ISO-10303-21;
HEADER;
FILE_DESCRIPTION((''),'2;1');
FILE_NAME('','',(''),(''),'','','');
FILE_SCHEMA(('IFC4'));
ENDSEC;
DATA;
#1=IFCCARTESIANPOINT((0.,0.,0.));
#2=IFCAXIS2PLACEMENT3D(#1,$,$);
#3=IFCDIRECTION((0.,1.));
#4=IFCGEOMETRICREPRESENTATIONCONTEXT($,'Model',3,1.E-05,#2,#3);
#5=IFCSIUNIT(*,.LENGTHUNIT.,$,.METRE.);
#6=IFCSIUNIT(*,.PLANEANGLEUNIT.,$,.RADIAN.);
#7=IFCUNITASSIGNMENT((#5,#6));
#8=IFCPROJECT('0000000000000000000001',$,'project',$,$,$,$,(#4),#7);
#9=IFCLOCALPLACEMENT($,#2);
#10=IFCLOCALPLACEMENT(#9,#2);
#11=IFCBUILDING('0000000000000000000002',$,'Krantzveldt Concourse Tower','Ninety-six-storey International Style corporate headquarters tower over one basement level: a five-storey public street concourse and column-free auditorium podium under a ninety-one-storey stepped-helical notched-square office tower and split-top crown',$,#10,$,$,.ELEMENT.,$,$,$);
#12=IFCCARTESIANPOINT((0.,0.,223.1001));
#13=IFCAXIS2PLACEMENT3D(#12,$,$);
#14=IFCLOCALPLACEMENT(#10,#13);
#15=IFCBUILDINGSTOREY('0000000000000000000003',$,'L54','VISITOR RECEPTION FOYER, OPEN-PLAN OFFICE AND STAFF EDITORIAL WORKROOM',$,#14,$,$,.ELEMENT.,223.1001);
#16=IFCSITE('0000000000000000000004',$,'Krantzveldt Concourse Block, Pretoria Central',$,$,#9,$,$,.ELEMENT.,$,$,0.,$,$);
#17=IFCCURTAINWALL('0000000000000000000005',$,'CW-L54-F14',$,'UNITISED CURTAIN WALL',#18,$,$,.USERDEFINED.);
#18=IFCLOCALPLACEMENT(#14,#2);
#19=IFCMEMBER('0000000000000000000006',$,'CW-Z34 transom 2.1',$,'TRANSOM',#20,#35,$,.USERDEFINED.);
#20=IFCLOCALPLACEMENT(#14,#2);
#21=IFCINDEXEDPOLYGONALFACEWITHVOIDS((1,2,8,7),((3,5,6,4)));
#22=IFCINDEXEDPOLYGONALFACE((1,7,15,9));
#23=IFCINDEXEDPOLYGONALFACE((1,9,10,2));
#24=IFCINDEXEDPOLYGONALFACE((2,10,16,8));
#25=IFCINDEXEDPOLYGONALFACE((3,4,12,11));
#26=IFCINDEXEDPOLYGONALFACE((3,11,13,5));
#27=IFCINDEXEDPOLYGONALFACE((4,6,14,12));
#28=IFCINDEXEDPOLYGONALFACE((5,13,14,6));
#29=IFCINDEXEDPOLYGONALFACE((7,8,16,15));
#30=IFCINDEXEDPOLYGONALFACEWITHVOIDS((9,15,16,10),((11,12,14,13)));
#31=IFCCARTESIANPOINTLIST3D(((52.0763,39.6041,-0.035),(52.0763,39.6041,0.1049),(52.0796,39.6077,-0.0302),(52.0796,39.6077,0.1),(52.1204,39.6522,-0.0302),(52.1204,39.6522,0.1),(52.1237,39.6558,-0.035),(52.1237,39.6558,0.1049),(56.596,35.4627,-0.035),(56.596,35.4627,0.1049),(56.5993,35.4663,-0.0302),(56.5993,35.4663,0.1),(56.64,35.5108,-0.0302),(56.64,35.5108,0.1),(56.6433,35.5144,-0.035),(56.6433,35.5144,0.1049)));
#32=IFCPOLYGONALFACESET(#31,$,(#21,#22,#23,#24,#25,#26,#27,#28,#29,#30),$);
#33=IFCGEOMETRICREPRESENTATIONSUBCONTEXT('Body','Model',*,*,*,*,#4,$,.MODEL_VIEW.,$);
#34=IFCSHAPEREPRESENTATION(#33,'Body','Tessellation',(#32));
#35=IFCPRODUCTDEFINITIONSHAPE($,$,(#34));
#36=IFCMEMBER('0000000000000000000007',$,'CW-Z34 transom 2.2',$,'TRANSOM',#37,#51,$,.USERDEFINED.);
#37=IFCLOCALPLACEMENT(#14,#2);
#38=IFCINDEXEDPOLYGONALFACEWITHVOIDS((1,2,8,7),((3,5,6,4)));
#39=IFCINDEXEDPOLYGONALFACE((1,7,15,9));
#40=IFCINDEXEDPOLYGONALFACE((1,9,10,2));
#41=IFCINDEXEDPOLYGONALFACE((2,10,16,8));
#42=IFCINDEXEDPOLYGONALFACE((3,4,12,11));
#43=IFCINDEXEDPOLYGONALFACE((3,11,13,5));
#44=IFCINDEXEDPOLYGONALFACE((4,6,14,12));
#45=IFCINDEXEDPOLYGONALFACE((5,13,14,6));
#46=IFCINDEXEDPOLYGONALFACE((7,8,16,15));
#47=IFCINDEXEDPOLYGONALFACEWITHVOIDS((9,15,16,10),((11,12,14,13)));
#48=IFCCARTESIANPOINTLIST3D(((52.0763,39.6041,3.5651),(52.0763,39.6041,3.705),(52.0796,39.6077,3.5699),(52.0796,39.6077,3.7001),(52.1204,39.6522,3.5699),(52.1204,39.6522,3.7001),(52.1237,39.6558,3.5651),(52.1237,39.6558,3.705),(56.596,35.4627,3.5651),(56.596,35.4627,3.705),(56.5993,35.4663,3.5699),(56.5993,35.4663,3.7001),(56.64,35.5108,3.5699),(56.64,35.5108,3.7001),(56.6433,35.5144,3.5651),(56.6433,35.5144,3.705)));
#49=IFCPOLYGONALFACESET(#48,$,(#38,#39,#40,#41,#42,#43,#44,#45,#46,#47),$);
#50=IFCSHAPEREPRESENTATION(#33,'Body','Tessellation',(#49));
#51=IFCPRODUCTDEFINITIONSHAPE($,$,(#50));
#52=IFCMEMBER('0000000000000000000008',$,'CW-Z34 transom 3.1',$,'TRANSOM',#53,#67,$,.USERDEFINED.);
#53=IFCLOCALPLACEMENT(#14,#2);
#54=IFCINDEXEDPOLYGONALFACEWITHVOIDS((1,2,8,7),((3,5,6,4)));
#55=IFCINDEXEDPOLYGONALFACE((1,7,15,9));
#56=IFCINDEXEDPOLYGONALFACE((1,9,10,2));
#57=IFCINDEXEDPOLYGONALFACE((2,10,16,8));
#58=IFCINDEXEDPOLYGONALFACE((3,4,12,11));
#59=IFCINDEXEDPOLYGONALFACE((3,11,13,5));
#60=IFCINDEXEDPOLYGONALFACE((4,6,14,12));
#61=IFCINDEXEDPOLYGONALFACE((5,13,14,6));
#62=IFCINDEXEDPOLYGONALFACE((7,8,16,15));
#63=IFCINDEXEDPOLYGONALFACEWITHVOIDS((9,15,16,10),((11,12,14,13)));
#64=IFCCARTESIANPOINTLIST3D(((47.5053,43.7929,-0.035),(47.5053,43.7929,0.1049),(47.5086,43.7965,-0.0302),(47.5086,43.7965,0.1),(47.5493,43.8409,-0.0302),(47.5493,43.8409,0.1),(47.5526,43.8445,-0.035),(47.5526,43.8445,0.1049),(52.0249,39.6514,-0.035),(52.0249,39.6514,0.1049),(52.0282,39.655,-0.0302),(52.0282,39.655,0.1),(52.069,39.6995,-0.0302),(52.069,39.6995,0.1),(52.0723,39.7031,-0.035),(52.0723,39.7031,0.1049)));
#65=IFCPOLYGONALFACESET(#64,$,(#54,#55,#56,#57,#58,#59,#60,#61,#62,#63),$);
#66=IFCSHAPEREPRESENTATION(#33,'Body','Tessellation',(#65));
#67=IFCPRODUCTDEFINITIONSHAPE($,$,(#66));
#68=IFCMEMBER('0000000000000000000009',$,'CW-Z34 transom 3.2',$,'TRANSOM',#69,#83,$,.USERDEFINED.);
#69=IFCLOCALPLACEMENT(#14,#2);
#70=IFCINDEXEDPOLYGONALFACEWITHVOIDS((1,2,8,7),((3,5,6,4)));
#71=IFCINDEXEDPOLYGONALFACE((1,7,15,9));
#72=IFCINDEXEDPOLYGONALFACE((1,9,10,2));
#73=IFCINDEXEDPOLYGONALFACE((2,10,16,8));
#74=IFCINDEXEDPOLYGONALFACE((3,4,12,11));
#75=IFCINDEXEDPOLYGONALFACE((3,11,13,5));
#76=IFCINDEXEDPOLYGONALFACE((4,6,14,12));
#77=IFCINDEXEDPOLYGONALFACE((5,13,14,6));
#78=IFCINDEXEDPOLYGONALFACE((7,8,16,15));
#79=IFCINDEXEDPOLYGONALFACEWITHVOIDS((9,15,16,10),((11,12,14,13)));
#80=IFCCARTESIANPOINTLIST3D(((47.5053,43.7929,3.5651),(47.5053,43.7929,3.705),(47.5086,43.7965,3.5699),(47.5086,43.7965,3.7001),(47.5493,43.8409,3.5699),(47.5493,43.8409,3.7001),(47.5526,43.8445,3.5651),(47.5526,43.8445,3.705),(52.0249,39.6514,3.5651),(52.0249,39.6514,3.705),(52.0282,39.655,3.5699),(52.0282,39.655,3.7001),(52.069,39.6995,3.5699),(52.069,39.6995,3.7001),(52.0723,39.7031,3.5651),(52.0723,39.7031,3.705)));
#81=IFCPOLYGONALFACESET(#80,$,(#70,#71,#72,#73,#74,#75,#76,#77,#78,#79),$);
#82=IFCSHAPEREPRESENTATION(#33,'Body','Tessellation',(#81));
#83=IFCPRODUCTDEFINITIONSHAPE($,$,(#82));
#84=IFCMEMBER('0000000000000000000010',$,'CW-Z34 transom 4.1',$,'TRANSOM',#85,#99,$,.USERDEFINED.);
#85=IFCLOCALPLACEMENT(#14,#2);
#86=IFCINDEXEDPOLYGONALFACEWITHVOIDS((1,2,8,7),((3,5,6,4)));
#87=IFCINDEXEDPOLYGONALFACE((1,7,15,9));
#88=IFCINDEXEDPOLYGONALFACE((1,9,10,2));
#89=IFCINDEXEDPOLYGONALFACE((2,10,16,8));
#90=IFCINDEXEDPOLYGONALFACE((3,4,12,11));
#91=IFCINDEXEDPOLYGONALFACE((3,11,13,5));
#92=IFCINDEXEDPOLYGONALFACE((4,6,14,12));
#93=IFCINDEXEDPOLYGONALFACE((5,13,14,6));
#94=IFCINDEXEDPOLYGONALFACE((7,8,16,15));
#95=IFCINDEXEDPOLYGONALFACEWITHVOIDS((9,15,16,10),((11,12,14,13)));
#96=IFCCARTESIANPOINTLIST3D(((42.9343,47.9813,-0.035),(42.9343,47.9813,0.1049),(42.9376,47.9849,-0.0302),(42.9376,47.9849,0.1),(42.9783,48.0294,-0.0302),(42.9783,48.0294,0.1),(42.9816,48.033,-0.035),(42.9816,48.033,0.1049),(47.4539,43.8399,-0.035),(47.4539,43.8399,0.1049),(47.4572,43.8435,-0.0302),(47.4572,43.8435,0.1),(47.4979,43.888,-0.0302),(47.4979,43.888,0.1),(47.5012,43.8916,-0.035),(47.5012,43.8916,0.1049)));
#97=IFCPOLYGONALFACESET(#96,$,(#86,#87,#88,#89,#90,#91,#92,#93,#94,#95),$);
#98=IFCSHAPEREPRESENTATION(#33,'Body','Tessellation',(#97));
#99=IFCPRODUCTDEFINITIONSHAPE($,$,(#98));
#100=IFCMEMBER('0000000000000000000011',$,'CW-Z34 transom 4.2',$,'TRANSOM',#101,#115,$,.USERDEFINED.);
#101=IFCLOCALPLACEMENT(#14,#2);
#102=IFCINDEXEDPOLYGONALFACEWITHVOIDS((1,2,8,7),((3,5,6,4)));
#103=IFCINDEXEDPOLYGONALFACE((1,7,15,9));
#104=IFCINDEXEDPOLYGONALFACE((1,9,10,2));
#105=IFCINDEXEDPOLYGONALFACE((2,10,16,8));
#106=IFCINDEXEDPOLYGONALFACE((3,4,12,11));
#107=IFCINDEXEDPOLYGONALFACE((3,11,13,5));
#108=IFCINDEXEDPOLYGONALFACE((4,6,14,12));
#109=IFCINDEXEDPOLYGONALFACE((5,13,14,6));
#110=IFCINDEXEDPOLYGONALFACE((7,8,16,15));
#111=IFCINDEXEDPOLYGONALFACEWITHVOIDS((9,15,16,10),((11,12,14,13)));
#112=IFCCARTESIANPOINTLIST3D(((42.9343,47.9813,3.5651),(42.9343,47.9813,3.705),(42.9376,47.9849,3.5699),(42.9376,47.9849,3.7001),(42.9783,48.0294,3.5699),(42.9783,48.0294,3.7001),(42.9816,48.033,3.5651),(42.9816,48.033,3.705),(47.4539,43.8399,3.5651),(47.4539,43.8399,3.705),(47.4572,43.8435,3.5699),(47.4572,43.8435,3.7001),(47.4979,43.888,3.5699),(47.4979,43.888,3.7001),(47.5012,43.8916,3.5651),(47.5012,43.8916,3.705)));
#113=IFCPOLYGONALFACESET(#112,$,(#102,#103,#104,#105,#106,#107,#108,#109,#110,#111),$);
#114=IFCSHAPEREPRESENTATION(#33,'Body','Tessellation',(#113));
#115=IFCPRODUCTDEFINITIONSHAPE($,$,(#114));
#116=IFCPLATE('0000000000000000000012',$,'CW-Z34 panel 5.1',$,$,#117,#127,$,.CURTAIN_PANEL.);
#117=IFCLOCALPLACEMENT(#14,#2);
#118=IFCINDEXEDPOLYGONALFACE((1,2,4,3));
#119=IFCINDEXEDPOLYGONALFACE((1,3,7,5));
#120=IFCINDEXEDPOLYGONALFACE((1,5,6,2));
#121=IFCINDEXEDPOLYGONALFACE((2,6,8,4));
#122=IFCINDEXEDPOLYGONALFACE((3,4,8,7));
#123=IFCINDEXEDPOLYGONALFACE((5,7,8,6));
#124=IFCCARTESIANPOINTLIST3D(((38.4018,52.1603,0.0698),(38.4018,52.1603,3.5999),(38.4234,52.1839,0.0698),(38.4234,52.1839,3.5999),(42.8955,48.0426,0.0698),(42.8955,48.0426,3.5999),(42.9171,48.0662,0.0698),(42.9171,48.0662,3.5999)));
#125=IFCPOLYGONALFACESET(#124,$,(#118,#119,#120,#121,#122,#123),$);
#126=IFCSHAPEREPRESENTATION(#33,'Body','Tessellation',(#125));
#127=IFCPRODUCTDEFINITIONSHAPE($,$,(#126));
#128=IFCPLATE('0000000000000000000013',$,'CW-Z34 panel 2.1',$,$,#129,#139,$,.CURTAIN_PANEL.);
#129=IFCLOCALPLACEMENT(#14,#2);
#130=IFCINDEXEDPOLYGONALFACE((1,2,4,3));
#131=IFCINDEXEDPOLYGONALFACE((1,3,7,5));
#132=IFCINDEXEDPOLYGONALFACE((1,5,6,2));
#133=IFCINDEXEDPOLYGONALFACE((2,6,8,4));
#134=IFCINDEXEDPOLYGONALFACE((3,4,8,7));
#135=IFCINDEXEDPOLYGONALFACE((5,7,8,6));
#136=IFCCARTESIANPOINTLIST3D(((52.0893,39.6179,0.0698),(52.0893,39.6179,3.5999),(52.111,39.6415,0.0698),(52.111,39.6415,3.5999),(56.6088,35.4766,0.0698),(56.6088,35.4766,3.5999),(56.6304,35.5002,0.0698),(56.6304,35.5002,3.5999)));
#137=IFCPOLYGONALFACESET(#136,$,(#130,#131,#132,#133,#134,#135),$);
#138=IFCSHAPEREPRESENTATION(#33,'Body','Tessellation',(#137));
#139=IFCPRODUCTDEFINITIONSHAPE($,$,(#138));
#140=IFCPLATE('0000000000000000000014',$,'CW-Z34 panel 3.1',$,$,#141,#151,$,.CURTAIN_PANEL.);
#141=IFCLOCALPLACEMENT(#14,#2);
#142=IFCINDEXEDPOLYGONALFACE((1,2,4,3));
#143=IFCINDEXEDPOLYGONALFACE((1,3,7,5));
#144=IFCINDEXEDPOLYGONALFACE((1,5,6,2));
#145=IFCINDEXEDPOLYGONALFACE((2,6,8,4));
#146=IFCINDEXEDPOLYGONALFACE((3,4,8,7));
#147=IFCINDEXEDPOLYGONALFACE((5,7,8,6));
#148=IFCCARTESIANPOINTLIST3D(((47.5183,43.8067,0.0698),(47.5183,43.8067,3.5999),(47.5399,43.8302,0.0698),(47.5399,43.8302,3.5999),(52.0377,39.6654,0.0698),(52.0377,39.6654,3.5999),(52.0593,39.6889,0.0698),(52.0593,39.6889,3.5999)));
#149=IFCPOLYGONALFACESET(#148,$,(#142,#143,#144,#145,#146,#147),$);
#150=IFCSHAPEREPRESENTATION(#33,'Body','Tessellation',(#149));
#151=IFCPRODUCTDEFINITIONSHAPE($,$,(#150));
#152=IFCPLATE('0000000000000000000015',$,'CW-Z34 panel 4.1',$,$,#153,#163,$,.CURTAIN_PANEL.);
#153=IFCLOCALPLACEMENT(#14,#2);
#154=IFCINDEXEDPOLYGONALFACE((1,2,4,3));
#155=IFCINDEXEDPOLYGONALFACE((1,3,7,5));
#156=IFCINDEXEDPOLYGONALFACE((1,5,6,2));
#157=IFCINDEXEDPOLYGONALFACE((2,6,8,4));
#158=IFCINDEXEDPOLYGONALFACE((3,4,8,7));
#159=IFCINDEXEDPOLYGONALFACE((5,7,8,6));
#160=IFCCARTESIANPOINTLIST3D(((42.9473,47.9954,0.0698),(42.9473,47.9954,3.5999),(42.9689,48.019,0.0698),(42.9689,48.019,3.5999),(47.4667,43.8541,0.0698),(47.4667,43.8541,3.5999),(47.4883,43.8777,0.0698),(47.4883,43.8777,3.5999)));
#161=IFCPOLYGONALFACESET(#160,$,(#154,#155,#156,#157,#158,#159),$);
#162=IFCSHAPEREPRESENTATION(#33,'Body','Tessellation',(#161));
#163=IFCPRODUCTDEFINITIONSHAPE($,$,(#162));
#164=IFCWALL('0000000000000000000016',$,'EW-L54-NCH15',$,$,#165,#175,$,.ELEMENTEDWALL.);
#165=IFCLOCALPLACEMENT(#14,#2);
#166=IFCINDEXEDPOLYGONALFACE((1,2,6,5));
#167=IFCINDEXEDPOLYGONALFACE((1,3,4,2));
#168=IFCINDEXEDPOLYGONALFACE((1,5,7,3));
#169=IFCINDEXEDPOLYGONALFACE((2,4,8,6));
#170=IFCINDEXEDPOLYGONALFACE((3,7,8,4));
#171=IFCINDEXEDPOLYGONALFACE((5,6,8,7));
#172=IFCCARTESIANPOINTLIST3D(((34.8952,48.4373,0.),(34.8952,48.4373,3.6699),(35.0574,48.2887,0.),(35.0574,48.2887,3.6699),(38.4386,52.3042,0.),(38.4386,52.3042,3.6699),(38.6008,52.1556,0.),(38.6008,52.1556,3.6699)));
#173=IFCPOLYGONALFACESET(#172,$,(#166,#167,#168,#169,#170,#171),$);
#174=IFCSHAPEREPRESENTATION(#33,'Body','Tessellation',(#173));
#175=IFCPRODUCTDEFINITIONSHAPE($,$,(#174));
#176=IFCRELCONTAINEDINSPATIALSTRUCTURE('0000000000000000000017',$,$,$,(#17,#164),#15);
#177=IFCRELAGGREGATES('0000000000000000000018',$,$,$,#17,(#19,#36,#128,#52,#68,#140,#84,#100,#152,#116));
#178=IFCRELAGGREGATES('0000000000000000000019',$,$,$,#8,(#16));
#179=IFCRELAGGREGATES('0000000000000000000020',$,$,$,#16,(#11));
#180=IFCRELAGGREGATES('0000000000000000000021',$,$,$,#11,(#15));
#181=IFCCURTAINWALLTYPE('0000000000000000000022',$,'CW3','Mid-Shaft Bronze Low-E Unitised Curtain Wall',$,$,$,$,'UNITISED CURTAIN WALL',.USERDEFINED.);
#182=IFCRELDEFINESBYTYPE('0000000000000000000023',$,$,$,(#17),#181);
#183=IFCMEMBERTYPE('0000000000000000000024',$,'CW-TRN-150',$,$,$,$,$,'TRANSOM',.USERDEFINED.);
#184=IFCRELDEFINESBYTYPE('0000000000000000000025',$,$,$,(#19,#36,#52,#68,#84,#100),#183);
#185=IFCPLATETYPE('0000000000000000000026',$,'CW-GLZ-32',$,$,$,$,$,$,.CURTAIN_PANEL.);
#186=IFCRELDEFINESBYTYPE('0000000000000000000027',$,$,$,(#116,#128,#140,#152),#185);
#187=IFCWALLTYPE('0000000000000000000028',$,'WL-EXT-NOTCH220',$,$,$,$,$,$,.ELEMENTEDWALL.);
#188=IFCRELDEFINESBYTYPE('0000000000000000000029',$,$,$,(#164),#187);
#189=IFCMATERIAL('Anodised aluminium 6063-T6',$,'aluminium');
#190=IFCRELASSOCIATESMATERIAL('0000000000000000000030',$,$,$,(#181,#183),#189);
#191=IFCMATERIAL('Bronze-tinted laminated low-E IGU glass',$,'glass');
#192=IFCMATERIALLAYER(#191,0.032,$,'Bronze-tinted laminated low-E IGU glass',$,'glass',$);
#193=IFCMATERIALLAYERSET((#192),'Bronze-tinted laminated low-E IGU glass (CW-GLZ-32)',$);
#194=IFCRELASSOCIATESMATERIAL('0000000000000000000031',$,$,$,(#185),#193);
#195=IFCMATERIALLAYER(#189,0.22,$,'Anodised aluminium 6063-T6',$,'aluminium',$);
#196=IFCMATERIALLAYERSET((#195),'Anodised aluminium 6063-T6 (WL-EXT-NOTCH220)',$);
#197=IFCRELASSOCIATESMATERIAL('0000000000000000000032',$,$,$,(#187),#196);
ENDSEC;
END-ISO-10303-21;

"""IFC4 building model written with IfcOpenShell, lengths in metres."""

from ifc_helpers import new_model, si_unit, direction, frame, frame_2d, origin, origin_2d, place, context, subcontext, project, spatial, rectangle, hollow_rectangle, extrude, source, transform, mapped, material, layer, layer_set, material_profile, profile_set, type_object, type_shapes, element, aggregate, save


model = new_model("IFC4")

# Units and contexts
model_context = context("Model", 3, precision=1e-05, world=origin(), true_north=direction((0.0, 1.0)))
body_context = subcontext(model_context, "Body", "Model", "MODEL_VIEW")
ifc_project = project(units=[si_unit("LENGTHUNIT", "METRE"), si_unit("PLANEANGLEUNIT", "RADIAN")], contexts=[model_context])

# Site, building, storey
site_placement = place(None, origin())
site = spatial("IfcSite", under=ifc_project, at=site_placement, Name="Krantzveldt Concourse Block, Pretoria Central", CompositionType="ELEMENT", RefElevation=0.0)
building_placement = place(site_placement, origin())
building = spatial("IfcBuilding", under=site, at=building_placement, Name="Krantzveldt Concourse Tower", Description="Ninety-six-storey International Style corporate headquarters tower over one basement level: a five-storey public street concourse and column-free auditorium podium under a ninety-one-storey stepped-helical notched-square office tower and split-top crown", CompositionType="ELEMENT")
storey_placement = place(building_placement, frame((0.0, 0.0, 223.1001)))
storey = spatial("IfcBuildingStorey", under=building, at=storey_placement, Name="L54", Description="VISITOR RECEPTION FOYER, OPEN-PLAN OFFICE AND STAFF EDITORIAL WORKROOM", CompositionType="ELEMENT", Elevation=223.1001)

# Curtain wall, members, plates
ifc_material_1 = material(Name="Anodised aluminium 6063-T6", Category="aluminium")
curtain_wall_type = type_object("IfcCurtainWallType", Name="CW3", Description="Mid-Shaft Bronze Low-E Unitised Curtain Wall", ElementType="UNITISED CURTAIN WALL", PredefinedType="USERDEFINED", material=ifc_material_1)
curtain_wall_placement = place(storey_placement, origin())
curtain_wall = element("IfcCurtainWall", 1, at=curtain_wall_placement, inside=storey, type_object=curtain_wall_type, Name="CW-L54-F14", ObjectType="UNITISED CURTAIN WALL", PredefinedType="USERDEFINED")
ifc_material_profile_1 = material_profile(ifc_material_1, hollow_rectangle(XDim=0.0701, YDim=0.1399, WallThickness=0.0049, at=origin_2d()), Name="Anodised aluminium 6063-T6", Category="aluminium")
ifc_profile_set_1 = profile_set([ifc_material_profile_1], Name="Anodised aluminium 6063-T6 - ALU-TRAN 140x70x5")
member_type_1 = type_object("IfcMemberType", Name="CW-TRN-150", ElementType="TRANSOM", PredefinedType="USERDEFINED", material=ifc_profile_set_1)
shared_shape_1 = source(origin(), body_context, "Body", "SweptSolid", [
    extrude(hollow_rectangle(XDim=0.0701, YDim=0.1399, WallThickness=0.0049, at=origin_2d()), origin(), (0.0, 0.0, 1.0), 6.1301),
])
member_1_placement = place(storey_placement, frame((56.6196, 35.4885, 0.0349), z_axis=(-0.73728, 0.675588, 0.0), x_axis=(-0.675588, -0.73728, 0.0)))
member_1 = element("IfcMember", 2, at=member_1_placement, type_object=member_type_1, Name="CW-Z34 transom 2.1", ObjectType="TRANSOM", PredefinedType="USERDEFINED", context=body_context, shape_type="MappedRepresentation", body=[
    mapped(shared_shape_1, transform((0.0, 0.0, 0.0), x_axis=(1.0, 0.0, 0.0), y_axis=(0.0, 1.0, 0.0), z_axis=(0.0, 0.0, 1.0), scale=1.0)),
])
member_2_placement = place(storey_placement, frame((56.6196, 35.4885, 3.635), z_axis=(-0.73728, 0.675588, 0.0), x_axis=(-0.675588, -0.73728, 0.0)))
member_2 = element("IfcMember", 3, at=member_2_placement, type_object=member_type_1, Name="CW-Z34 transom 2.2", ObjectType="TRANSOM", PredefinedType="USERDEFINED", context=body_context, shape_type="MappedRepresentation", body=[
    mapped(shared_shape_1, transform((0.0, 0.0, 0.0), x_axis=(1.0, 0.0, 0.0), y_axis=(0.0, 1.0, 0.0), z_axis=(0.0, 0.0, 1.0), scale=1.0)),
])
member_3_placement = place(storey_placement, frame((52.0486, 39.6772, 0.0349), z_axis=(-0.73728, 0.675588, 0.0), x_axis=(-0.675588, -0.73728, 0.0)))
member_3 = element("IfcMember", 4, at=member_3_placement, type_object=member_type_1, Name="CW-Z34 transom 3.1", ObjectType="TRANSOM", PredefinedType="USERDEFINED", context=body_context, shape_type="MappedRepresentation", body=[
    mapped(shared_shape_1, transform((0.0, 0.0, 0.0), x_axis=(1.0, 0.0, 0.0), y_axis=(0.0, 1.0, 0.0), z_axis=(0.0, 0.0, 1.0), scale=1.0)),
])
member_4_placement = place(storey_placement, frame((52.0486, 39.6772, 3.635), z_axis=(-0.73728, 0.675588, 0.0), x_axis=(-0.675588, -0.73728, 0.0)))
member_4 = element("IfcMember", 5, at=member_4_placement, type_object=member_type_1, Name="CW-Z34 transom 3.2", ObjectType="TRANSOM", PredefinedType="USERDEFINED", context=body_context, shape_type="MappedRepresentation", body=[
    mapped(shared_shape_1, transform((0.0, 0.0, 0.0), x_axis=(1.0, 0.0, 0.0), y_axis=(0.0, 1.0, 0.0), z_axis=(0.0, 0.0, 1.0), scale=1.0)),
])
member_5_placement = place(storey_placement, frame((47.4775, 43.8657, 0.0349), z_axis=(-0.73728, 0.675588, 0.0), x_axis=(-0.675588, -0.73728, 0.0)))
member_5 = element("IfcMember", 6, at=member_5_placement, type_object=member_type_1, Name="CW-Z34 transom 4.1", ObjectType="TRANSOM", PredefinedType="USERDEFINED", context=body_context, shape_type="MappedRepresentation", body=[
    mapped(shared_shape_1, transform((0.0, 0.0, 0.0), x_axis=(1.0, 0.0, 0.0), y_axis=(0.0, 1.0, 0.0), z_axis=(0.0, 0.0, 1.0), scale=1.0)),
])
member_6_placement = place(storey_placement, frame((47.4775, 43.8657, 3.635), z_axis=(-0.73728, 0.675588, 0.0), x_axis=(-0.675588, -0.73728, 0.0)))
member_6 = element("IfcMember", 7, at=member_6_placement, type_object=member_type_1, Name="CW-Z34 transom 4.2", ObjectType="TRANSOM", PredefinedType="USERDEFINED", context=body_context, shape_type="MappedRepresentation", body=[
    mapped(shared_shape_1, transform((0.0, 0.0, 0.0), x_axis=(1.0, 0.0, 0.0), y_axis=(0.0, 1.0, 0.0), z_axis=(0.0, 0.0, 1.0), scale=1.0)),
])
ifc_material_2 = material(Name="Bronze-tinted laminated low-E IGU glass", Category="glass")
ifc_layer_1 = layer(ifc_material_2, 0.032, Name="Bronze-tinted laminated low-E IGU glass", Category="glass")
ifc_layer_set_1 = layer_set([ifc_layer_1], Name="Bronze-tinted laminated low-E IGU glass (CW-GLZ-32)")
plate_type = type_object("IfcPlateType", Name="CW-GLZ-32", PredefinedType="CURTAIN_PANEL", material=ifc_layer_set_1)
shared_shape_2 = source(origin(), body_context, "Body", "SweptSolid", [
    extrude(rectangle(XDim=6.095, YDim=0.032, at=origin_2d()), origin(), (0.0, 0.0, 1.0), 3.53),
])
plate_1_placement = place(storey_placement, frame((40.6594, 50.1133, 0.0698), z_axis=(0.0, 0.0, 1.0), x_axis=(-0.737277, 0.67559, 0.0)))
plate_1 = element("IfcPlate", 8, at=plate_1_placement, type_object=plate_type, Name="CW-Z34 panel 5.1", PredefinedType="CURTAIN_PANEL", context=body_context, shape_type="MappedRepresentation", body=[
    mapped(shared_shape_2, transform((0.0, 0.0, 0.0), x_axis=(1.0, 0.0, 0.0), y_axis=(0.0, 1.0, 0.0), z_axis=(0.0, 0.0, 1.0), scale=1.0)),
])
shared_shape_3 = source(origin(), body_context, "Body", "SweptSolid", [
    extrude(rectangle(XDim=6.1299, YDim=0.032, at=origin_2d()), origin(), (0.0, 0.0, 1.0), 3.53),
])
type_shapes(plate_type, [shared_shape_2, shared_shape_3])
plate_2_placement = place(storey_placement, frame((54.3599, 37.5591, 0.0698), z_axis=(0.0, 0.0, 1.0), x_axis=(-0.737277, 0.67559, 0.0)))
plate_2 = element("IfcPlate", 9, at=plate_2_placement, type_object=plate_type, Name="CW-Z34 panel 2.1", PredefinedType="CURTAIN_PANEL", context=body_context, shape_type="MappedRepresentation", body=[
    mapped(shared_shape_3, transform((0.0, 0.0, 0.0), x_axis=(1.0, 0.0, 0.0), y_axis=(0.0, 1.0, 0.0), z_axis=(0.0, 0.0, 1.0), scale=1.0)),
])
plate_3_placement = place(storey_placement, frame((49.7888, 41.7478, 0.0698), z_axis=(0.0, 0.0, 1.0), x_axis=(-0.737277, 0.67559, 0.0)))
plate_3 = element("IfcPlate", 10, at=plate_3_placement, type_object=plate_type, Name="CW-Z34 panel 3.1", PredefinedType="CURTAIN_PANEL", context=body_context, shape_type="MappedRepresentation", body=[
    mapped(shared_shape_3, transform((0.0, 0.0, 0.0), x_axis=(1.0, 0.0, 0.0), y_axis=(0.0, 1.0, 0.0), z_axis=(0.0, 0.0, 1.0), scale=1.0)),
])
plate_4_placement = place(storey_placement, frame((45.2178, 45.9365, 0.0698), z_axis=(0.0, 0.0, 1.0), x_axis=(-0.737277, 0.67559, 0.0)))
plate_4 = element("IfcPlate", 11, at=plate_4_placement, type_object=plate_type, Name="CW-Z34 panel 4.1", PredefinedType="CURTAIN_PANEL", context=body_context, shape_type="MappedRepresentation", body=[
    mapped(shared_shape_3, transform((0.0, 0.0, 0.0), x_axis=(1.0, 0.0, 0.0), y_axis=(0.0, 1.0, 0.0), z_axis=(0.0, 0.0, 1.0), scale=1.0)),
])
aggregate(curtain_wall, [member_1, member_2, plate_2, member_3, member_4, plate_3, member_5, member_6, plate_4, plate_1])

# Wall
ifc_layer_2 = layer(ifc_material_1, 0.22, Name="Anodised aluminium 6063-T6", Category="aluminium")
ifc_layer_set_2 = layer_set([ifc_layer_2], Name="Anodised aluminium 6063-T6 (WL-EXT-NOTCH220)")
wall_type_1 = type_object("IfcWallType", Name="WL-EXT-NOTCH220", PredefinedType="ELEMENTEDWALL", material=ifc_layer_set_2)
wall_1_placement = place(storey_placement, frame((38.5198, 52.23, 0.0), z_axis=(0.0, 0.0, 1.0), x_axis=(-0.675596, -0.737272, 0.0)))
element("IfcWall", 12, at=wall_1_placement, inside=storey, type_object=wall_type_1, Name="EW-L54-NCH15", PredefinedType="ELEMENTEDWALL", context=body_context, shape_type="SweptSolid", body=[
    extrude(rectangle(XDim=5.2449, YDim=0.22, at=frame_2d((2.6226, 0.0))), origin(), (0.0, 0.0, 1.0), 3.6699),
])

save(model, "model.ifc")
